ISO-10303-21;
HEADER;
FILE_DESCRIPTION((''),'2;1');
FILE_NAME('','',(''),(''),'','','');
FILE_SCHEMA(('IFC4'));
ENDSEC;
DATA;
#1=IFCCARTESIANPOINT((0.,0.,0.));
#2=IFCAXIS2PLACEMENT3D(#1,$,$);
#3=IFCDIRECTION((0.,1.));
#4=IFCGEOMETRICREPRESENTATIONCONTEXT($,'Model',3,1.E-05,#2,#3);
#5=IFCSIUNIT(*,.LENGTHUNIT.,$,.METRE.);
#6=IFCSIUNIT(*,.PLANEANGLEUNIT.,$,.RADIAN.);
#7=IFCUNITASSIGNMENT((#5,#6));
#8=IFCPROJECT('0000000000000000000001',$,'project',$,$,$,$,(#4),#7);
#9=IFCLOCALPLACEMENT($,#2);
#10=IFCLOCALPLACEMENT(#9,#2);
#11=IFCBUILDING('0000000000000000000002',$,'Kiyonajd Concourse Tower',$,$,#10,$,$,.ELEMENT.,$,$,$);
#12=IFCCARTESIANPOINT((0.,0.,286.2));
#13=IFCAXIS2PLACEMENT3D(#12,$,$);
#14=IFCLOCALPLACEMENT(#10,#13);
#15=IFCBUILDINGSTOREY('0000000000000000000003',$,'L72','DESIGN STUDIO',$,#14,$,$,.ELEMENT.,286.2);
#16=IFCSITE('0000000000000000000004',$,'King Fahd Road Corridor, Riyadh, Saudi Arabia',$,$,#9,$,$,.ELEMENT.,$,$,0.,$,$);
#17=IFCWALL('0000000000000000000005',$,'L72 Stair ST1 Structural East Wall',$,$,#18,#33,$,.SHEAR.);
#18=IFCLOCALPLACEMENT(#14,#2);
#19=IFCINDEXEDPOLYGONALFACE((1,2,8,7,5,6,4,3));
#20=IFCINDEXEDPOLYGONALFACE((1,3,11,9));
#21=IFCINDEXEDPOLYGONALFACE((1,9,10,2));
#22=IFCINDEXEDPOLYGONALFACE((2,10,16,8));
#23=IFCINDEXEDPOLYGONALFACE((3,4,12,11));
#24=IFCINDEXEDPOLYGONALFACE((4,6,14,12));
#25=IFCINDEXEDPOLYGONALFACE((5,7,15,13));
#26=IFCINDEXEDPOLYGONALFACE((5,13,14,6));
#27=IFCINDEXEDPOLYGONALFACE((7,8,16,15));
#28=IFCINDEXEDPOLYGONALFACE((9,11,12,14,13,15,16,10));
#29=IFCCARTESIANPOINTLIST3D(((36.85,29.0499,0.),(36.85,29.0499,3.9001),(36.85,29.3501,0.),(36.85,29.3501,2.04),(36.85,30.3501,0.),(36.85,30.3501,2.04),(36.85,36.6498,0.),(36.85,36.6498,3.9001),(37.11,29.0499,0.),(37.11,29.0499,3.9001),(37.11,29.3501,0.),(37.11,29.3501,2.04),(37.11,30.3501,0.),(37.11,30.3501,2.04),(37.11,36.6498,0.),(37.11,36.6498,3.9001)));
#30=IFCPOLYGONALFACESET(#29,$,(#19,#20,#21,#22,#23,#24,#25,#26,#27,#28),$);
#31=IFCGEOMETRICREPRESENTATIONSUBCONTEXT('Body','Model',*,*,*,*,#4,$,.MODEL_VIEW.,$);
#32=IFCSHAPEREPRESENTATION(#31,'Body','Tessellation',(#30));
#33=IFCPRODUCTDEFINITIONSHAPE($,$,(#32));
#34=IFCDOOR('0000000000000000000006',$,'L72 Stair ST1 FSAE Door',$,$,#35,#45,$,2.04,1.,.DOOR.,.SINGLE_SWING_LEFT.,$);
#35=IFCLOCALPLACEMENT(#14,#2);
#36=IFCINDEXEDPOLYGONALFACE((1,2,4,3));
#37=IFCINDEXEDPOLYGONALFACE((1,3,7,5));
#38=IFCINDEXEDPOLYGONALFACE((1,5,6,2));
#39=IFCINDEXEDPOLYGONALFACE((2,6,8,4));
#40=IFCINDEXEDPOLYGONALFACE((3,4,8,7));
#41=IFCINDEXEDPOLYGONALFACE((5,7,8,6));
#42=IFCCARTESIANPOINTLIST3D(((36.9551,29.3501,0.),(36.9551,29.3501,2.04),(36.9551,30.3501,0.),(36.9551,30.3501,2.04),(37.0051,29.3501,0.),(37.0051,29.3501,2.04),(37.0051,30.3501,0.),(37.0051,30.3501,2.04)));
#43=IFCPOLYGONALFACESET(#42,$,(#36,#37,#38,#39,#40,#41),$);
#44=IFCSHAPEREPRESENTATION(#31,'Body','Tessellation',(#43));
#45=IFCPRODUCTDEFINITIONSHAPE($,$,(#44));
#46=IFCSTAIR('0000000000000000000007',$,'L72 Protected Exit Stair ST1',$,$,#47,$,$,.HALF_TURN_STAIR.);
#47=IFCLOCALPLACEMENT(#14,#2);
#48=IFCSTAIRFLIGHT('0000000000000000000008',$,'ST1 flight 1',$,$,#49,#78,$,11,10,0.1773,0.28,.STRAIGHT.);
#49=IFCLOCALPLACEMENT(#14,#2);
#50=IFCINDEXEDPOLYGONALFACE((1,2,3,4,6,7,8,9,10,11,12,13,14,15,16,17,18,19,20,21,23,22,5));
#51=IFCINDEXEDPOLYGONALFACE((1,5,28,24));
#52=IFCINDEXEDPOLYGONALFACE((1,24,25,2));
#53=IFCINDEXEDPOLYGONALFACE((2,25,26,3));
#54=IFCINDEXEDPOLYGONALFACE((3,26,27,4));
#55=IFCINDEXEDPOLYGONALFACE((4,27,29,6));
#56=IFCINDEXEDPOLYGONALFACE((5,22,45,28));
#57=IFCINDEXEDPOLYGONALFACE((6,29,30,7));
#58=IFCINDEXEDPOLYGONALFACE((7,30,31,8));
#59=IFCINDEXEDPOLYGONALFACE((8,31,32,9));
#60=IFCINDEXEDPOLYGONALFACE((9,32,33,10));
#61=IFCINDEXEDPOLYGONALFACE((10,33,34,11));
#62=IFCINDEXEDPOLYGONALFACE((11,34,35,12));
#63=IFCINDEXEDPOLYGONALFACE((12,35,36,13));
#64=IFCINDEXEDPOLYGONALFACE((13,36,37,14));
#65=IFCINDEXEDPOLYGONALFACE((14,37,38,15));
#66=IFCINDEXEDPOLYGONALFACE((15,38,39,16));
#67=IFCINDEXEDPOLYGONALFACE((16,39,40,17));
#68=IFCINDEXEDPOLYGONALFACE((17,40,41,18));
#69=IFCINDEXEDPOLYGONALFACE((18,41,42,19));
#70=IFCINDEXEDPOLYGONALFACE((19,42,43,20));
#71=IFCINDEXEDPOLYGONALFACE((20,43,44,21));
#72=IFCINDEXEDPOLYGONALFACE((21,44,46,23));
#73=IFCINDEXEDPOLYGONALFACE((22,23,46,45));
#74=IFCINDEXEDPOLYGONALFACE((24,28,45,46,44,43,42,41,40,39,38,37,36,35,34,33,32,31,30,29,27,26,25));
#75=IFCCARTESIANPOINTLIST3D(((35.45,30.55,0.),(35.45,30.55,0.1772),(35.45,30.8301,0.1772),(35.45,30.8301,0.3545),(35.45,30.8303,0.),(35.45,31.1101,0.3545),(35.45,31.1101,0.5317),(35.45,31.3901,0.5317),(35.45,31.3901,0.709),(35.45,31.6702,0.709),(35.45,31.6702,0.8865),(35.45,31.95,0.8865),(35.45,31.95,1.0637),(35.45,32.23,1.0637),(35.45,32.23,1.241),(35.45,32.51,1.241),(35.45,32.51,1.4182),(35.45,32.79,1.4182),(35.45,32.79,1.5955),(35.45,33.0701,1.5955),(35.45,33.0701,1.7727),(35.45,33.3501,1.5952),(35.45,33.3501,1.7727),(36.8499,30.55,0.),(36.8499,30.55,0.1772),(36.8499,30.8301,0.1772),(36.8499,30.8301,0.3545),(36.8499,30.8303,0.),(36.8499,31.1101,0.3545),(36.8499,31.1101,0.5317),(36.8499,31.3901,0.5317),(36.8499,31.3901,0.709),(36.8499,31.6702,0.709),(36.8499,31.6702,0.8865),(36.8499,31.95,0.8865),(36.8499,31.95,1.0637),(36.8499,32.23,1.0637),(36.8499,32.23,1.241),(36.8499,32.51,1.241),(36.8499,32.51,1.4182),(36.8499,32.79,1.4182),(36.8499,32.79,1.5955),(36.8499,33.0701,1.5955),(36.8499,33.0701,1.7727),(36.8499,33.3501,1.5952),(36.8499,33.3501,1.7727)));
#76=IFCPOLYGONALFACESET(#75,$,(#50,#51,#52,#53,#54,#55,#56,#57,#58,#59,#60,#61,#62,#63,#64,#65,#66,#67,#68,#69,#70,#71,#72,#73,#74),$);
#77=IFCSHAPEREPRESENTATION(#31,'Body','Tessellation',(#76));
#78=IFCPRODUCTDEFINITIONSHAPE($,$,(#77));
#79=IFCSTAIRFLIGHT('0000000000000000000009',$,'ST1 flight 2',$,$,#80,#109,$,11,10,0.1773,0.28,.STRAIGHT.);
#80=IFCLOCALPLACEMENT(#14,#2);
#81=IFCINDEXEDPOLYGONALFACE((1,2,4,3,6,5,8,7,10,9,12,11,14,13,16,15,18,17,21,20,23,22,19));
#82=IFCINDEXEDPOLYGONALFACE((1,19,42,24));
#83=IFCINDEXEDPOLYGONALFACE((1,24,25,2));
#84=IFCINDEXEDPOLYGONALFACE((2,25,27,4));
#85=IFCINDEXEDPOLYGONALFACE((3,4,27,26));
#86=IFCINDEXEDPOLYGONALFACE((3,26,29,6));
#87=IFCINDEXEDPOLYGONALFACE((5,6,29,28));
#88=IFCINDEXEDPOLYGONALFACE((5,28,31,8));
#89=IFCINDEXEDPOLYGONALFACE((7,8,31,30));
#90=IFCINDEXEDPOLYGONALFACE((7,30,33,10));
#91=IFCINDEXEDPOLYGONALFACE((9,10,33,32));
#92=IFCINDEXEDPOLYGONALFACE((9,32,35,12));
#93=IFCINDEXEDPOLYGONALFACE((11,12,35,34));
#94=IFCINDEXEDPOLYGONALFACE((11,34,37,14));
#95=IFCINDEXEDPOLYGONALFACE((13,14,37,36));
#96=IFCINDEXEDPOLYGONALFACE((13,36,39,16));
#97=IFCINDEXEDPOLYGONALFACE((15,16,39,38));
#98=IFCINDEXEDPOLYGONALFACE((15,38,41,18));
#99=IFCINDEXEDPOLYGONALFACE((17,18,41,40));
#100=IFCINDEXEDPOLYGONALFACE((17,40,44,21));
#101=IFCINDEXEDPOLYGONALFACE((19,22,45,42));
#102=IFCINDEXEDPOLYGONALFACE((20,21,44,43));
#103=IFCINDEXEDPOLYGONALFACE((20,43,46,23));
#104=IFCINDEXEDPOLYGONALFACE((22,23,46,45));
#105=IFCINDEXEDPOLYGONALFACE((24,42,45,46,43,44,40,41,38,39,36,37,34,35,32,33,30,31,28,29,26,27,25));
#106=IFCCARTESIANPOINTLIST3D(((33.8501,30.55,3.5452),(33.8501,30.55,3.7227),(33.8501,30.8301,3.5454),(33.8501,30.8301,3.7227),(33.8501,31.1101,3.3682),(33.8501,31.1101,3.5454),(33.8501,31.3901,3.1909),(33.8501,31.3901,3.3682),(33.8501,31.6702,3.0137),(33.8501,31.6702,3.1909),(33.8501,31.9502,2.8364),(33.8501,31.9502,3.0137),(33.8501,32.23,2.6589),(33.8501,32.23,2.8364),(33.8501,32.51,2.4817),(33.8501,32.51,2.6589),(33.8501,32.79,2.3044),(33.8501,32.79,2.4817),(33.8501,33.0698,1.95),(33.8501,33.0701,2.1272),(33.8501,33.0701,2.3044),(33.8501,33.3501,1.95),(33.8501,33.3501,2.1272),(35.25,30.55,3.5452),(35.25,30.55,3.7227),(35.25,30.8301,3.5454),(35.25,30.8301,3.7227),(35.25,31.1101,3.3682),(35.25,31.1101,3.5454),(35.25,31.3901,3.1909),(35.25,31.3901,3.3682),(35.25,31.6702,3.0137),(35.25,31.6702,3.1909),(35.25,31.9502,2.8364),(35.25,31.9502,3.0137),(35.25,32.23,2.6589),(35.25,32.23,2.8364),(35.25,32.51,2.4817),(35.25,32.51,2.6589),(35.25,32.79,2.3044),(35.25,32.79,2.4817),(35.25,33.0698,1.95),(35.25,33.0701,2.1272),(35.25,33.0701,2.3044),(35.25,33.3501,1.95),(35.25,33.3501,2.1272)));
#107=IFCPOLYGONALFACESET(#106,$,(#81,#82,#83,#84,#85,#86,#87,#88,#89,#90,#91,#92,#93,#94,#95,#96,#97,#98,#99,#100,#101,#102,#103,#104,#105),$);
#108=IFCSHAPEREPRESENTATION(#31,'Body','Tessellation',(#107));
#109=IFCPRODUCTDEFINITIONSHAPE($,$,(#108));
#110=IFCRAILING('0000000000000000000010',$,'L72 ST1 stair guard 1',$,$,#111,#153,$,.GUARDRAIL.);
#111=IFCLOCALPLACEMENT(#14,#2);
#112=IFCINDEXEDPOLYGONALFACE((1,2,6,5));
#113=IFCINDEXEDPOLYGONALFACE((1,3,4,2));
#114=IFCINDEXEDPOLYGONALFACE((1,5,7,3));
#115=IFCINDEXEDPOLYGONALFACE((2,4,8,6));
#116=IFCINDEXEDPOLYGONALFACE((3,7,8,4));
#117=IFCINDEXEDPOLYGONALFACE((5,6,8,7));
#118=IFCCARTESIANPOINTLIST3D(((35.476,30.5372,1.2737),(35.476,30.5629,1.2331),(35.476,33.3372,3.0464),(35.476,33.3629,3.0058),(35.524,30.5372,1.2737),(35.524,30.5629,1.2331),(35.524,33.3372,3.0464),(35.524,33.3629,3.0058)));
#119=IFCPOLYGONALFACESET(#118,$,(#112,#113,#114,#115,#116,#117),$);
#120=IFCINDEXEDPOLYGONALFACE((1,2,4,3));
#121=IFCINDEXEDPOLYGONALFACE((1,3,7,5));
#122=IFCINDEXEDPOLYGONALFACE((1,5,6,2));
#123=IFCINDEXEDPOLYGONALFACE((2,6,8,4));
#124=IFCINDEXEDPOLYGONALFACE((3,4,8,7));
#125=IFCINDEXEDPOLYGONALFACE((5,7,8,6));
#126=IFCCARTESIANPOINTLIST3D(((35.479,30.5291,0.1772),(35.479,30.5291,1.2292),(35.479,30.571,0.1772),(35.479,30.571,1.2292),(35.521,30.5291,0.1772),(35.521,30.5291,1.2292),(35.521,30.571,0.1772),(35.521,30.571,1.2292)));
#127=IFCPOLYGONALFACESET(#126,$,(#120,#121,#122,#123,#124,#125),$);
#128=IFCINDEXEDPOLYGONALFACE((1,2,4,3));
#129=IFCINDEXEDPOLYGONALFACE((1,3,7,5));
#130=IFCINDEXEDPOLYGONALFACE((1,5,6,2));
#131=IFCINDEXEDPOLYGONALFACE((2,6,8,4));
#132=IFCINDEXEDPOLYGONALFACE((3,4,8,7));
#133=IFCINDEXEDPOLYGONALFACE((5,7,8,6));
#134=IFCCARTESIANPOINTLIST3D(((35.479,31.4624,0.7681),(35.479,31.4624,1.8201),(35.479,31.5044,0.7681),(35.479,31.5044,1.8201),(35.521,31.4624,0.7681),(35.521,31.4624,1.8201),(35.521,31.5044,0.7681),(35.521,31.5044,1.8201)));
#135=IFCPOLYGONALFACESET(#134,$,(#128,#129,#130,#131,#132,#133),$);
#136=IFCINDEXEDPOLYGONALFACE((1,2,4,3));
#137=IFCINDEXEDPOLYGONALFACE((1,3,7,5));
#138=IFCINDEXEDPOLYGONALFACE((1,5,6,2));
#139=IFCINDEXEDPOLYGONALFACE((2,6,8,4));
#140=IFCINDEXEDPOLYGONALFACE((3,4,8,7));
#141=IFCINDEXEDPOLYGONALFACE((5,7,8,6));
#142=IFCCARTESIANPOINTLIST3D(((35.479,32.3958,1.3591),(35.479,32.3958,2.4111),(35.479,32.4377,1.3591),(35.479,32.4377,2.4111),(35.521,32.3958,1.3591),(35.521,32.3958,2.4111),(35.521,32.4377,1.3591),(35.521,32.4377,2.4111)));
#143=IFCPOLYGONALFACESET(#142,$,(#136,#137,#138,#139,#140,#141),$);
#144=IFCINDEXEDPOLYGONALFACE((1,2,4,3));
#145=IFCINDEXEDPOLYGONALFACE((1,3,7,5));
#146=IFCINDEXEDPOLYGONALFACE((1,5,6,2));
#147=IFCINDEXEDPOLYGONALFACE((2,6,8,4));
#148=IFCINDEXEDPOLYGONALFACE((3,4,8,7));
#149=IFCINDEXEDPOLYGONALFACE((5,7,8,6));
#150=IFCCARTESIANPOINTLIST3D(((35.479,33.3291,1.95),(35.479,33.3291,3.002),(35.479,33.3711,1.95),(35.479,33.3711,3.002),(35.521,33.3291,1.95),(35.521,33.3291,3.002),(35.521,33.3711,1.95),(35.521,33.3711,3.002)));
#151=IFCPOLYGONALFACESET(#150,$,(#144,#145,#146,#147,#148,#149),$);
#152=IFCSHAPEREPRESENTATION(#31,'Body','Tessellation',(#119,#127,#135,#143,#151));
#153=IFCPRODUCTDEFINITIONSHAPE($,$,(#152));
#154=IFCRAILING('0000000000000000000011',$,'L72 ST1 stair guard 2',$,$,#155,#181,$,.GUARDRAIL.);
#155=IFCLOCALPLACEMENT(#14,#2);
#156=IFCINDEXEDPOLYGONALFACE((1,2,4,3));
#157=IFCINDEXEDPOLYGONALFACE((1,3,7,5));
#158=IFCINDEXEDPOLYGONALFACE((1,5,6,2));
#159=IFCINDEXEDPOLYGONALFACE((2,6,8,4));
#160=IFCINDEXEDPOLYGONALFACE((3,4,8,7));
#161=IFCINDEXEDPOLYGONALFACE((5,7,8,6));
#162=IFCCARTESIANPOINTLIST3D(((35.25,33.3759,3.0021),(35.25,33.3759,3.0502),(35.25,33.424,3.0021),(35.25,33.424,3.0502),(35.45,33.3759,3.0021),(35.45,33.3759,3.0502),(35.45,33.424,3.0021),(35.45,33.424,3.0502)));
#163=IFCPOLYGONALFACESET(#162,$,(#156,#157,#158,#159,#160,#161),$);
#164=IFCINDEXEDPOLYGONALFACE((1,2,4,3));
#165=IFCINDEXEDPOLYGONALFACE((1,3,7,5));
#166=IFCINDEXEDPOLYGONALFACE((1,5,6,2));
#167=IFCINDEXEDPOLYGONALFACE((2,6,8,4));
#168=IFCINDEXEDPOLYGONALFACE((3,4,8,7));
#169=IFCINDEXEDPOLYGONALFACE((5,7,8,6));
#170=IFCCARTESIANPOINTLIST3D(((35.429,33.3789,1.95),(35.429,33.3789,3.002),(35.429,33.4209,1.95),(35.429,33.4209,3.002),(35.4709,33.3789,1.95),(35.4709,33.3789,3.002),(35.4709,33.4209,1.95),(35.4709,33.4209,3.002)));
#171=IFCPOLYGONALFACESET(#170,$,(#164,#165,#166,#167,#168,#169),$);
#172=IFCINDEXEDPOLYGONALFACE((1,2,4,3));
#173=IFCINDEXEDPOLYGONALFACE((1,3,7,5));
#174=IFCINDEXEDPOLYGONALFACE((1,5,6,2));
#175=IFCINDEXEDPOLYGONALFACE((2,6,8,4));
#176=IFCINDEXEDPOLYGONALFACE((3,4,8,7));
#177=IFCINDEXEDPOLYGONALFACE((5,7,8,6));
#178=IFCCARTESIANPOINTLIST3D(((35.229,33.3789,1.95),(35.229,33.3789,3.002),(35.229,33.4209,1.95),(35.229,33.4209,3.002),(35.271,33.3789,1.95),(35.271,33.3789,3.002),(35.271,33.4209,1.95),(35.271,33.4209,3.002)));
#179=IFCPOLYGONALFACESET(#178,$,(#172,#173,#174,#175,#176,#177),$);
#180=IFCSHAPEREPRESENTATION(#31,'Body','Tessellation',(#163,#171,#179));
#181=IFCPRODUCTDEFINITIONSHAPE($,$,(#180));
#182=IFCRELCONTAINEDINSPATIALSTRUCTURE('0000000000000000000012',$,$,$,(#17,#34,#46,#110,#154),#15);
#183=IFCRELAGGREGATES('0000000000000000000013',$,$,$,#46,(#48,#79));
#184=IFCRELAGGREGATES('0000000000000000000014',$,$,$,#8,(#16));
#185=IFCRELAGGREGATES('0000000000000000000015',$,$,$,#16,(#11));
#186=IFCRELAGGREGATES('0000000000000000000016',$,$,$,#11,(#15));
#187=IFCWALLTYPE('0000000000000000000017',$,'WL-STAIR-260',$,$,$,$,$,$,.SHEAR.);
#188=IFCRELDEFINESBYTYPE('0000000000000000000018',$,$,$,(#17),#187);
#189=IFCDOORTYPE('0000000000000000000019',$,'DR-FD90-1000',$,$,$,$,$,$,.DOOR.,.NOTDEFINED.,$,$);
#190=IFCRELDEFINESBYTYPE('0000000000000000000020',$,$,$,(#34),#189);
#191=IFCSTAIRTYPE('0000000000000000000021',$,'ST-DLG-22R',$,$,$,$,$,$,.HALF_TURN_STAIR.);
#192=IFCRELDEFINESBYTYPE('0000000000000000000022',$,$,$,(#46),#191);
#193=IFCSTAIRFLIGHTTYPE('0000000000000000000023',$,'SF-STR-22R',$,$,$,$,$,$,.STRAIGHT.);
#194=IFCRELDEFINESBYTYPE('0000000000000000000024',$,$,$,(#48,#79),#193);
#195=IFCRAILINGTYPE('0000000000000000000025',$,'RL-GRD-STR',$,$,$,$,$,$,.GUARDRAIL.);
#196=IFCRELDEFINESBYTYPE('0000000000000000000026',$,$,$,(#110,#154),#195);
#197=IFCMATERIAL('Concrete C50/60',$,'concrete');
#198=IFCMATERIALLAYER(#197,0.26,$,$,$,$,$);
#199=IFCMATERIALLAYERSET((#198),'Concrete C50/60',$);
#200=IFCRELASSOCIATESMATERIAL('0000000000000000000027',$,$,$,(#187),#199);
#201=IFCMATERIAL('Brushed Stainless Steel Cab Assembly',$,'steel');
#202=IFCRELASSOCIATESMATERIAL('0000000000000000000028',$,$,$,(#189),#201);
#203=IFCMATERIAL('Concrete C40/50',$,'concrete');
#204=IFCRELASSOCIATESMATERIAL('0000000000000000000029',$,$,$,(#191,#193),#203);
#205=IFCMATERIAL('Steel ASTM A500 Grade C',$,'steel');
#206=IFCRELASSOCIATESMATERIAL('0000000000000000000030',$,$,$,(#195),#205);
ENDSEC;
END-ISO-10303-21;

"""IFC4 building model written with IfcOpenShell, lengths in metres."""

from ifc_helpers import new_model, si_unit, direction, frame, frame_2d, origin, origin_2d, place, context, subcontext, project, spatial, polyline, rectangle, outline, extrude, material, layer, layer_set, type_object, element, fill, aggregate, save


model = new_model("IFC4")

# Units and contexts
model_context = context("Model", 3, precision=1e-05, world=origin(), true_north=direction((0.0, 1.0)))
body_context = subcontext(model_context, "Body", "Model", "MODEL_VIEW")
ifc_project = project(units=[si_unit("LENGTHUNIT", "METRE"), si_unit("PLANEANGLEUNIT", "RADIAN")], contexts=[model_context])

# Site, building, storey
site_placement = place(None, origin())
site = spatial("IfcSite", under=ifc_project, at=site_placement, Name="King Fahd Road Corridor, Riyadh, Saudi Arabia", CompositionType="ELEMENT", RefElevation=0.0)
building_placement = place(site_placement, origin())
building = spatial("IfcBuilding", under=site, at=building_placement, Name="Kiyonajd Concourse Tower", CompositionType="ELEMENT")
storey_placement = place(building_placement, frame((0.0, 0.0, 286.2)))
storey = spatial("IfcBuildingStorey", under=building, at=storey_placement, Name="L72", Description="DESIGN STUDIO", CompositionType="ELEMENT", Elevation=286.2)

# Shared definitions
ifc_material_1 = material(Name="Concrete C50/60", Category="concrete")

# Shared definitions
ifc_material_2 = material(Name="Brushed Stainless Steel Cab Assembly", Category="steel")

# Shared definitions
ifc_layer_1 = layer(ifc_material_1, 0.26)
ifc_layer_set_1 = layer_set([ifc_layer_1], Name="Concrete C50/60")
wall_type_1 = type_object("IfcWallType", Name="WL-STAIR-260", PredefinedType="SHEAR", material=ifc_layer_set_1)

# Wall, opening, door
wall_1_placement = place(storey_placement, frame((36.98, 29.05, 0.0), z_axis=(0.0, 0.0, 1.0), x_axis=(0.0, 1.0, 0.0)))
wall_1 = element("IfcWall", 1, at=wall_1_placement, inside=storey, type_object=wall_type_1, Name="L72 Stair ST1 Structural East Wall", PredefinedType="SHEAR", context=body_context, shape_type="SweptSolid", body=[
    extrude(rectangle(XDim=7.5999, YDim=0.26, at=frame_2d((3.7998, 0.0))), origin(), (0.0, 0.0, 1.0), 3.9001),
])
opening_1_placement = place(wall_1_placement, frame((0.3, 0.0, 0.0)))
opening_1 = element("IfcOpeningElement", 2, at=opening_1_placement, cuts=wall_1, PredefinedType="OPENING", context=body_context, shape_type="SweptSolid", body=[
    extrude(rectangle(XDim=1.0, YDim=2.04, at=frame_2d((0.5, 1.02))), frame((0.0, 0.1399, 0.0), z_axis=(0.0, -1.0, 0.0), x_axis=(1.0, 0.0, 0.0)), (0.0, 0.0, 1.0), 0.28),
])
door_type_1 = type_object("IfcDoorType", Name="DR-FD90-1000", OperationType="NOTDEFINED", PredefinedType="DOOR", material=ifc_material_2)
door_1_placement = place(opening_1_placement, origin())
door_1 = element("IfcDoor", 3, at=door_1_placement, inside=storey, type_object=door_type_1, Name="L72 Stair ST1 FSAE Door", OperationType="SINGLE_SWING_LEFT", OverallHeight=2.04, OverallWidth=1.0, PredefinedType="DOOR", context=body_context, shape_type="SweptSolid", body=[
    extrude(rectangle(XDim=1.0, YDim=2.04, at=frame_2d((0.5, 1.02))), frame((0.0, 0.0249, 0.0), z_axis=(0.0, -1.0, 0.0), x_axis=(1.0, 0.0, 0.0)), (0.0, 0.0, 1.0), 0.05),
])
fill(opening_1, door_1)

# Stair, stair flights
ifc_material_3 = material(Name="Concrete C40/50", Category="concrete")
stair_type = type_object("IfcStairType", Name="ST-DLG-22R", PredefinedType="HALF_TURN_STAIR", material=ifc_material_3)
stair_placement = place(storey_placement, origin())
stair = element("IfcStair", 4, at=stair_placement, inside=storey, type_object=stair_type, Name="L72 Protected Exit Stair ST1", PredefinedType="HALF_TURN_STAIR")
stair_flight_type = type_object("IfcStairFlightType", Name="SF-STR-22R", PredefinedType="STRAIGHT", material=ifc_material_3)
stair_flight_1_placement = place(storey_placement, frame((36.1499, 30.55, 0.0), z_axis=(0.0, 0.0, 1.0), x_axis=(0.0, 1.0, 0.0)))
stair_flight_1 = element("IfcStairFlight", 5, at=stair_flight_1_placement, type_object=stair_flight_type, Name="ST1 flight 1", NumberOfRisers=11, NumberOfTreads=10, PredefinedType="STRAIGHT", RiserHeight=0.1773, TreadLength=0.28, context=body_context, shape_type="SweptSolid", body=[
    extrude(outline(polyline([(0.0, 0.0), (0.0, 0.1772), (0.28, 0.1772), (0.28, 0.3545), (0.5601, 0.3545), (0.5601, 0.5317), (0.8401, 0.5317), (0.8401, 0.709), (1.1201, 0.709), (1.1201, 0.8865), (1.3999, 0.8865), (1.3999, 1.0637), (1.6799, 1.0637), (1.6799, 1.241), (1.96, 1.241), (1.96, 1.4182), (2.24, 1.4182), (2.24, 1.5955), (2.52, 1.5955), (2.52, 1.7727), (2.8, 1.7727), (2.8, 1.95), (2.8, 1.5952), (0.2803, 0.0), (0.0, 0.0)])), frame((0.0, 0.7, 0.0), z_axis=(0.0, -1.0, 0.0), x_axis=(1.0, 0.0, 0.0)), (0.0, 0.0, 1.0), 1.3999),
])
stair_flight_2_placement = place(storey_placement, frame((34.55, 33.3501, 1.95), z_axis=(0.0, 0.0, 1.0), x_axis=(0.0, -1.0, 0.0)))
stair_flight_2 = element("IfcStairFlight", 6, at=stair_flight_2_placement, type_object=stair_flight_type, Name="ST1 flight 2", NumberOfRisers=11, NumberOfTreads=10, PredefinedType="STRAIGHT", RiserHeight=0.1773, TreadLength=0.28, context=body_context, shape_type="SweptSolid", body=[
    extrude(outline(polyline([(0.0, 0.0), (0.0, 0.1772), (0.28, 0.1772), (0.28, 0.3545), (0.5601, 0.3545), (0.5601, 0.5317), (0.8401, 0.5317), (0.8401, 0.709), (1.1201, 0.709), (1.1201, 0.8865), (1.3999, 0.8865), (1.3999, 1.0637), (1.6799, 1.0637), (1.6799, 1.241), (1.96, 1.241), (1.96, 1.4182), (2.24, 1.4182), (2.24, 1.5955), (2.52, 1.5955), (2.52, 1.7727), (2.8, 1.7727), (2.8, 1.95), (2.8, 1.5952), (0.2803, 0.0), (0.0, 0.0)])), frame((0.0, 0.7, 0.0), z_axis=(0.0, -1.0, 0.0), x_axis=(1.0, 0.0, 0.0)), (0.0, 0.0, 1.0), 1.3999),
])
aggregate(stair, [stair_flight_1, stair_flight_2])

# Railings
ifc_material_4 = material(Name="Steel ASTM A500 Grade C", Category="steel")
railing_type_1 = type_object("IfcRailingType", Name="RL-GRD-STR", PredefinedType="GUARDRAIL", material=ifc_material_4)
railing_1_placement = place(storey_placement, frame((35.5, 30.55, 0.1772)))
element("IfcRailing", 7, at=railing_1_placement, inside=storey, type_object=railing_type_1, Name="L72 ST1 stair guard 1", PredefinedType="GUARDRAIL", context=body_context, shape_type="SweptSolid", body=[
    extrude(rectangle(XDim=0.0481, YDim=0.0481, at=origin_2d()), frame((0.0, 0.0, 1.0762), z_axis=(0.0, 0.844909, 0.53491), x_axis=(-1.0, 0.0, 0.0)), (0.0, 0.0, 1.0), 3.314),
    extrude(rectangle(XDim=0.042, YDim=0.042, at=origin_2d()), origin(), (0.0, 0.0, 1.0), 1.052),
    extrude(rectangle(XDim=0.042, YDim=0.042, at=origin_2d()), frame((0.0, 0.9333, 0.5908)), (0.0, 0.0, 1.0), 1.052),
    extrude(rectangle(XDim=0.042, YDim=0.042, at=origin_2d()), frame((0.0, 1.8667, 1.1819)), (0.0, 0.0, 1.0), 1.052),
    extrude(rectangle(XDim=0.042, YDim=0.042, at=origin_2d()), frame((0.0, 2.8, 1.7727)), (0.0, 0.0, 1.0), 1.052),
])
railing_2_placement = place(storey_placement, frame((35.45, 33.3999, 1.95)))
element("IfcRailing", 8, at=railing_2_placement, inside=storey, type_object=railing_type_1, Name="L72 ST1 stair guard 2", PredefinedType="GUARDRAIL", context=body_context, shape_type="SweptSolid", body=[
    extrude(rectangle(XDim=0.0481, YDim=0.0481, at=origin_2d()), frame((0.0, 0.0, 1.0762), z_axis=(-1.0, 0.0, 0.0), x_axis=(0.0, -1.0, 0.0)), (0.0, 0.0, 1.0), 0.2),
    extrude(rectangle(XDim=0.042, YDim=0.042, at=origin_2d()), origin(), (0.0, 0.0, 1.0), 1.052),
    extrude(rectangle(XDim=0.042, YDim=0.042, at=origin_2d()), frame((-0.2, 0.0, 0.0)), (0.0, 0.0, 1.0), 1.052),
])

save(model, "model.ifc")
